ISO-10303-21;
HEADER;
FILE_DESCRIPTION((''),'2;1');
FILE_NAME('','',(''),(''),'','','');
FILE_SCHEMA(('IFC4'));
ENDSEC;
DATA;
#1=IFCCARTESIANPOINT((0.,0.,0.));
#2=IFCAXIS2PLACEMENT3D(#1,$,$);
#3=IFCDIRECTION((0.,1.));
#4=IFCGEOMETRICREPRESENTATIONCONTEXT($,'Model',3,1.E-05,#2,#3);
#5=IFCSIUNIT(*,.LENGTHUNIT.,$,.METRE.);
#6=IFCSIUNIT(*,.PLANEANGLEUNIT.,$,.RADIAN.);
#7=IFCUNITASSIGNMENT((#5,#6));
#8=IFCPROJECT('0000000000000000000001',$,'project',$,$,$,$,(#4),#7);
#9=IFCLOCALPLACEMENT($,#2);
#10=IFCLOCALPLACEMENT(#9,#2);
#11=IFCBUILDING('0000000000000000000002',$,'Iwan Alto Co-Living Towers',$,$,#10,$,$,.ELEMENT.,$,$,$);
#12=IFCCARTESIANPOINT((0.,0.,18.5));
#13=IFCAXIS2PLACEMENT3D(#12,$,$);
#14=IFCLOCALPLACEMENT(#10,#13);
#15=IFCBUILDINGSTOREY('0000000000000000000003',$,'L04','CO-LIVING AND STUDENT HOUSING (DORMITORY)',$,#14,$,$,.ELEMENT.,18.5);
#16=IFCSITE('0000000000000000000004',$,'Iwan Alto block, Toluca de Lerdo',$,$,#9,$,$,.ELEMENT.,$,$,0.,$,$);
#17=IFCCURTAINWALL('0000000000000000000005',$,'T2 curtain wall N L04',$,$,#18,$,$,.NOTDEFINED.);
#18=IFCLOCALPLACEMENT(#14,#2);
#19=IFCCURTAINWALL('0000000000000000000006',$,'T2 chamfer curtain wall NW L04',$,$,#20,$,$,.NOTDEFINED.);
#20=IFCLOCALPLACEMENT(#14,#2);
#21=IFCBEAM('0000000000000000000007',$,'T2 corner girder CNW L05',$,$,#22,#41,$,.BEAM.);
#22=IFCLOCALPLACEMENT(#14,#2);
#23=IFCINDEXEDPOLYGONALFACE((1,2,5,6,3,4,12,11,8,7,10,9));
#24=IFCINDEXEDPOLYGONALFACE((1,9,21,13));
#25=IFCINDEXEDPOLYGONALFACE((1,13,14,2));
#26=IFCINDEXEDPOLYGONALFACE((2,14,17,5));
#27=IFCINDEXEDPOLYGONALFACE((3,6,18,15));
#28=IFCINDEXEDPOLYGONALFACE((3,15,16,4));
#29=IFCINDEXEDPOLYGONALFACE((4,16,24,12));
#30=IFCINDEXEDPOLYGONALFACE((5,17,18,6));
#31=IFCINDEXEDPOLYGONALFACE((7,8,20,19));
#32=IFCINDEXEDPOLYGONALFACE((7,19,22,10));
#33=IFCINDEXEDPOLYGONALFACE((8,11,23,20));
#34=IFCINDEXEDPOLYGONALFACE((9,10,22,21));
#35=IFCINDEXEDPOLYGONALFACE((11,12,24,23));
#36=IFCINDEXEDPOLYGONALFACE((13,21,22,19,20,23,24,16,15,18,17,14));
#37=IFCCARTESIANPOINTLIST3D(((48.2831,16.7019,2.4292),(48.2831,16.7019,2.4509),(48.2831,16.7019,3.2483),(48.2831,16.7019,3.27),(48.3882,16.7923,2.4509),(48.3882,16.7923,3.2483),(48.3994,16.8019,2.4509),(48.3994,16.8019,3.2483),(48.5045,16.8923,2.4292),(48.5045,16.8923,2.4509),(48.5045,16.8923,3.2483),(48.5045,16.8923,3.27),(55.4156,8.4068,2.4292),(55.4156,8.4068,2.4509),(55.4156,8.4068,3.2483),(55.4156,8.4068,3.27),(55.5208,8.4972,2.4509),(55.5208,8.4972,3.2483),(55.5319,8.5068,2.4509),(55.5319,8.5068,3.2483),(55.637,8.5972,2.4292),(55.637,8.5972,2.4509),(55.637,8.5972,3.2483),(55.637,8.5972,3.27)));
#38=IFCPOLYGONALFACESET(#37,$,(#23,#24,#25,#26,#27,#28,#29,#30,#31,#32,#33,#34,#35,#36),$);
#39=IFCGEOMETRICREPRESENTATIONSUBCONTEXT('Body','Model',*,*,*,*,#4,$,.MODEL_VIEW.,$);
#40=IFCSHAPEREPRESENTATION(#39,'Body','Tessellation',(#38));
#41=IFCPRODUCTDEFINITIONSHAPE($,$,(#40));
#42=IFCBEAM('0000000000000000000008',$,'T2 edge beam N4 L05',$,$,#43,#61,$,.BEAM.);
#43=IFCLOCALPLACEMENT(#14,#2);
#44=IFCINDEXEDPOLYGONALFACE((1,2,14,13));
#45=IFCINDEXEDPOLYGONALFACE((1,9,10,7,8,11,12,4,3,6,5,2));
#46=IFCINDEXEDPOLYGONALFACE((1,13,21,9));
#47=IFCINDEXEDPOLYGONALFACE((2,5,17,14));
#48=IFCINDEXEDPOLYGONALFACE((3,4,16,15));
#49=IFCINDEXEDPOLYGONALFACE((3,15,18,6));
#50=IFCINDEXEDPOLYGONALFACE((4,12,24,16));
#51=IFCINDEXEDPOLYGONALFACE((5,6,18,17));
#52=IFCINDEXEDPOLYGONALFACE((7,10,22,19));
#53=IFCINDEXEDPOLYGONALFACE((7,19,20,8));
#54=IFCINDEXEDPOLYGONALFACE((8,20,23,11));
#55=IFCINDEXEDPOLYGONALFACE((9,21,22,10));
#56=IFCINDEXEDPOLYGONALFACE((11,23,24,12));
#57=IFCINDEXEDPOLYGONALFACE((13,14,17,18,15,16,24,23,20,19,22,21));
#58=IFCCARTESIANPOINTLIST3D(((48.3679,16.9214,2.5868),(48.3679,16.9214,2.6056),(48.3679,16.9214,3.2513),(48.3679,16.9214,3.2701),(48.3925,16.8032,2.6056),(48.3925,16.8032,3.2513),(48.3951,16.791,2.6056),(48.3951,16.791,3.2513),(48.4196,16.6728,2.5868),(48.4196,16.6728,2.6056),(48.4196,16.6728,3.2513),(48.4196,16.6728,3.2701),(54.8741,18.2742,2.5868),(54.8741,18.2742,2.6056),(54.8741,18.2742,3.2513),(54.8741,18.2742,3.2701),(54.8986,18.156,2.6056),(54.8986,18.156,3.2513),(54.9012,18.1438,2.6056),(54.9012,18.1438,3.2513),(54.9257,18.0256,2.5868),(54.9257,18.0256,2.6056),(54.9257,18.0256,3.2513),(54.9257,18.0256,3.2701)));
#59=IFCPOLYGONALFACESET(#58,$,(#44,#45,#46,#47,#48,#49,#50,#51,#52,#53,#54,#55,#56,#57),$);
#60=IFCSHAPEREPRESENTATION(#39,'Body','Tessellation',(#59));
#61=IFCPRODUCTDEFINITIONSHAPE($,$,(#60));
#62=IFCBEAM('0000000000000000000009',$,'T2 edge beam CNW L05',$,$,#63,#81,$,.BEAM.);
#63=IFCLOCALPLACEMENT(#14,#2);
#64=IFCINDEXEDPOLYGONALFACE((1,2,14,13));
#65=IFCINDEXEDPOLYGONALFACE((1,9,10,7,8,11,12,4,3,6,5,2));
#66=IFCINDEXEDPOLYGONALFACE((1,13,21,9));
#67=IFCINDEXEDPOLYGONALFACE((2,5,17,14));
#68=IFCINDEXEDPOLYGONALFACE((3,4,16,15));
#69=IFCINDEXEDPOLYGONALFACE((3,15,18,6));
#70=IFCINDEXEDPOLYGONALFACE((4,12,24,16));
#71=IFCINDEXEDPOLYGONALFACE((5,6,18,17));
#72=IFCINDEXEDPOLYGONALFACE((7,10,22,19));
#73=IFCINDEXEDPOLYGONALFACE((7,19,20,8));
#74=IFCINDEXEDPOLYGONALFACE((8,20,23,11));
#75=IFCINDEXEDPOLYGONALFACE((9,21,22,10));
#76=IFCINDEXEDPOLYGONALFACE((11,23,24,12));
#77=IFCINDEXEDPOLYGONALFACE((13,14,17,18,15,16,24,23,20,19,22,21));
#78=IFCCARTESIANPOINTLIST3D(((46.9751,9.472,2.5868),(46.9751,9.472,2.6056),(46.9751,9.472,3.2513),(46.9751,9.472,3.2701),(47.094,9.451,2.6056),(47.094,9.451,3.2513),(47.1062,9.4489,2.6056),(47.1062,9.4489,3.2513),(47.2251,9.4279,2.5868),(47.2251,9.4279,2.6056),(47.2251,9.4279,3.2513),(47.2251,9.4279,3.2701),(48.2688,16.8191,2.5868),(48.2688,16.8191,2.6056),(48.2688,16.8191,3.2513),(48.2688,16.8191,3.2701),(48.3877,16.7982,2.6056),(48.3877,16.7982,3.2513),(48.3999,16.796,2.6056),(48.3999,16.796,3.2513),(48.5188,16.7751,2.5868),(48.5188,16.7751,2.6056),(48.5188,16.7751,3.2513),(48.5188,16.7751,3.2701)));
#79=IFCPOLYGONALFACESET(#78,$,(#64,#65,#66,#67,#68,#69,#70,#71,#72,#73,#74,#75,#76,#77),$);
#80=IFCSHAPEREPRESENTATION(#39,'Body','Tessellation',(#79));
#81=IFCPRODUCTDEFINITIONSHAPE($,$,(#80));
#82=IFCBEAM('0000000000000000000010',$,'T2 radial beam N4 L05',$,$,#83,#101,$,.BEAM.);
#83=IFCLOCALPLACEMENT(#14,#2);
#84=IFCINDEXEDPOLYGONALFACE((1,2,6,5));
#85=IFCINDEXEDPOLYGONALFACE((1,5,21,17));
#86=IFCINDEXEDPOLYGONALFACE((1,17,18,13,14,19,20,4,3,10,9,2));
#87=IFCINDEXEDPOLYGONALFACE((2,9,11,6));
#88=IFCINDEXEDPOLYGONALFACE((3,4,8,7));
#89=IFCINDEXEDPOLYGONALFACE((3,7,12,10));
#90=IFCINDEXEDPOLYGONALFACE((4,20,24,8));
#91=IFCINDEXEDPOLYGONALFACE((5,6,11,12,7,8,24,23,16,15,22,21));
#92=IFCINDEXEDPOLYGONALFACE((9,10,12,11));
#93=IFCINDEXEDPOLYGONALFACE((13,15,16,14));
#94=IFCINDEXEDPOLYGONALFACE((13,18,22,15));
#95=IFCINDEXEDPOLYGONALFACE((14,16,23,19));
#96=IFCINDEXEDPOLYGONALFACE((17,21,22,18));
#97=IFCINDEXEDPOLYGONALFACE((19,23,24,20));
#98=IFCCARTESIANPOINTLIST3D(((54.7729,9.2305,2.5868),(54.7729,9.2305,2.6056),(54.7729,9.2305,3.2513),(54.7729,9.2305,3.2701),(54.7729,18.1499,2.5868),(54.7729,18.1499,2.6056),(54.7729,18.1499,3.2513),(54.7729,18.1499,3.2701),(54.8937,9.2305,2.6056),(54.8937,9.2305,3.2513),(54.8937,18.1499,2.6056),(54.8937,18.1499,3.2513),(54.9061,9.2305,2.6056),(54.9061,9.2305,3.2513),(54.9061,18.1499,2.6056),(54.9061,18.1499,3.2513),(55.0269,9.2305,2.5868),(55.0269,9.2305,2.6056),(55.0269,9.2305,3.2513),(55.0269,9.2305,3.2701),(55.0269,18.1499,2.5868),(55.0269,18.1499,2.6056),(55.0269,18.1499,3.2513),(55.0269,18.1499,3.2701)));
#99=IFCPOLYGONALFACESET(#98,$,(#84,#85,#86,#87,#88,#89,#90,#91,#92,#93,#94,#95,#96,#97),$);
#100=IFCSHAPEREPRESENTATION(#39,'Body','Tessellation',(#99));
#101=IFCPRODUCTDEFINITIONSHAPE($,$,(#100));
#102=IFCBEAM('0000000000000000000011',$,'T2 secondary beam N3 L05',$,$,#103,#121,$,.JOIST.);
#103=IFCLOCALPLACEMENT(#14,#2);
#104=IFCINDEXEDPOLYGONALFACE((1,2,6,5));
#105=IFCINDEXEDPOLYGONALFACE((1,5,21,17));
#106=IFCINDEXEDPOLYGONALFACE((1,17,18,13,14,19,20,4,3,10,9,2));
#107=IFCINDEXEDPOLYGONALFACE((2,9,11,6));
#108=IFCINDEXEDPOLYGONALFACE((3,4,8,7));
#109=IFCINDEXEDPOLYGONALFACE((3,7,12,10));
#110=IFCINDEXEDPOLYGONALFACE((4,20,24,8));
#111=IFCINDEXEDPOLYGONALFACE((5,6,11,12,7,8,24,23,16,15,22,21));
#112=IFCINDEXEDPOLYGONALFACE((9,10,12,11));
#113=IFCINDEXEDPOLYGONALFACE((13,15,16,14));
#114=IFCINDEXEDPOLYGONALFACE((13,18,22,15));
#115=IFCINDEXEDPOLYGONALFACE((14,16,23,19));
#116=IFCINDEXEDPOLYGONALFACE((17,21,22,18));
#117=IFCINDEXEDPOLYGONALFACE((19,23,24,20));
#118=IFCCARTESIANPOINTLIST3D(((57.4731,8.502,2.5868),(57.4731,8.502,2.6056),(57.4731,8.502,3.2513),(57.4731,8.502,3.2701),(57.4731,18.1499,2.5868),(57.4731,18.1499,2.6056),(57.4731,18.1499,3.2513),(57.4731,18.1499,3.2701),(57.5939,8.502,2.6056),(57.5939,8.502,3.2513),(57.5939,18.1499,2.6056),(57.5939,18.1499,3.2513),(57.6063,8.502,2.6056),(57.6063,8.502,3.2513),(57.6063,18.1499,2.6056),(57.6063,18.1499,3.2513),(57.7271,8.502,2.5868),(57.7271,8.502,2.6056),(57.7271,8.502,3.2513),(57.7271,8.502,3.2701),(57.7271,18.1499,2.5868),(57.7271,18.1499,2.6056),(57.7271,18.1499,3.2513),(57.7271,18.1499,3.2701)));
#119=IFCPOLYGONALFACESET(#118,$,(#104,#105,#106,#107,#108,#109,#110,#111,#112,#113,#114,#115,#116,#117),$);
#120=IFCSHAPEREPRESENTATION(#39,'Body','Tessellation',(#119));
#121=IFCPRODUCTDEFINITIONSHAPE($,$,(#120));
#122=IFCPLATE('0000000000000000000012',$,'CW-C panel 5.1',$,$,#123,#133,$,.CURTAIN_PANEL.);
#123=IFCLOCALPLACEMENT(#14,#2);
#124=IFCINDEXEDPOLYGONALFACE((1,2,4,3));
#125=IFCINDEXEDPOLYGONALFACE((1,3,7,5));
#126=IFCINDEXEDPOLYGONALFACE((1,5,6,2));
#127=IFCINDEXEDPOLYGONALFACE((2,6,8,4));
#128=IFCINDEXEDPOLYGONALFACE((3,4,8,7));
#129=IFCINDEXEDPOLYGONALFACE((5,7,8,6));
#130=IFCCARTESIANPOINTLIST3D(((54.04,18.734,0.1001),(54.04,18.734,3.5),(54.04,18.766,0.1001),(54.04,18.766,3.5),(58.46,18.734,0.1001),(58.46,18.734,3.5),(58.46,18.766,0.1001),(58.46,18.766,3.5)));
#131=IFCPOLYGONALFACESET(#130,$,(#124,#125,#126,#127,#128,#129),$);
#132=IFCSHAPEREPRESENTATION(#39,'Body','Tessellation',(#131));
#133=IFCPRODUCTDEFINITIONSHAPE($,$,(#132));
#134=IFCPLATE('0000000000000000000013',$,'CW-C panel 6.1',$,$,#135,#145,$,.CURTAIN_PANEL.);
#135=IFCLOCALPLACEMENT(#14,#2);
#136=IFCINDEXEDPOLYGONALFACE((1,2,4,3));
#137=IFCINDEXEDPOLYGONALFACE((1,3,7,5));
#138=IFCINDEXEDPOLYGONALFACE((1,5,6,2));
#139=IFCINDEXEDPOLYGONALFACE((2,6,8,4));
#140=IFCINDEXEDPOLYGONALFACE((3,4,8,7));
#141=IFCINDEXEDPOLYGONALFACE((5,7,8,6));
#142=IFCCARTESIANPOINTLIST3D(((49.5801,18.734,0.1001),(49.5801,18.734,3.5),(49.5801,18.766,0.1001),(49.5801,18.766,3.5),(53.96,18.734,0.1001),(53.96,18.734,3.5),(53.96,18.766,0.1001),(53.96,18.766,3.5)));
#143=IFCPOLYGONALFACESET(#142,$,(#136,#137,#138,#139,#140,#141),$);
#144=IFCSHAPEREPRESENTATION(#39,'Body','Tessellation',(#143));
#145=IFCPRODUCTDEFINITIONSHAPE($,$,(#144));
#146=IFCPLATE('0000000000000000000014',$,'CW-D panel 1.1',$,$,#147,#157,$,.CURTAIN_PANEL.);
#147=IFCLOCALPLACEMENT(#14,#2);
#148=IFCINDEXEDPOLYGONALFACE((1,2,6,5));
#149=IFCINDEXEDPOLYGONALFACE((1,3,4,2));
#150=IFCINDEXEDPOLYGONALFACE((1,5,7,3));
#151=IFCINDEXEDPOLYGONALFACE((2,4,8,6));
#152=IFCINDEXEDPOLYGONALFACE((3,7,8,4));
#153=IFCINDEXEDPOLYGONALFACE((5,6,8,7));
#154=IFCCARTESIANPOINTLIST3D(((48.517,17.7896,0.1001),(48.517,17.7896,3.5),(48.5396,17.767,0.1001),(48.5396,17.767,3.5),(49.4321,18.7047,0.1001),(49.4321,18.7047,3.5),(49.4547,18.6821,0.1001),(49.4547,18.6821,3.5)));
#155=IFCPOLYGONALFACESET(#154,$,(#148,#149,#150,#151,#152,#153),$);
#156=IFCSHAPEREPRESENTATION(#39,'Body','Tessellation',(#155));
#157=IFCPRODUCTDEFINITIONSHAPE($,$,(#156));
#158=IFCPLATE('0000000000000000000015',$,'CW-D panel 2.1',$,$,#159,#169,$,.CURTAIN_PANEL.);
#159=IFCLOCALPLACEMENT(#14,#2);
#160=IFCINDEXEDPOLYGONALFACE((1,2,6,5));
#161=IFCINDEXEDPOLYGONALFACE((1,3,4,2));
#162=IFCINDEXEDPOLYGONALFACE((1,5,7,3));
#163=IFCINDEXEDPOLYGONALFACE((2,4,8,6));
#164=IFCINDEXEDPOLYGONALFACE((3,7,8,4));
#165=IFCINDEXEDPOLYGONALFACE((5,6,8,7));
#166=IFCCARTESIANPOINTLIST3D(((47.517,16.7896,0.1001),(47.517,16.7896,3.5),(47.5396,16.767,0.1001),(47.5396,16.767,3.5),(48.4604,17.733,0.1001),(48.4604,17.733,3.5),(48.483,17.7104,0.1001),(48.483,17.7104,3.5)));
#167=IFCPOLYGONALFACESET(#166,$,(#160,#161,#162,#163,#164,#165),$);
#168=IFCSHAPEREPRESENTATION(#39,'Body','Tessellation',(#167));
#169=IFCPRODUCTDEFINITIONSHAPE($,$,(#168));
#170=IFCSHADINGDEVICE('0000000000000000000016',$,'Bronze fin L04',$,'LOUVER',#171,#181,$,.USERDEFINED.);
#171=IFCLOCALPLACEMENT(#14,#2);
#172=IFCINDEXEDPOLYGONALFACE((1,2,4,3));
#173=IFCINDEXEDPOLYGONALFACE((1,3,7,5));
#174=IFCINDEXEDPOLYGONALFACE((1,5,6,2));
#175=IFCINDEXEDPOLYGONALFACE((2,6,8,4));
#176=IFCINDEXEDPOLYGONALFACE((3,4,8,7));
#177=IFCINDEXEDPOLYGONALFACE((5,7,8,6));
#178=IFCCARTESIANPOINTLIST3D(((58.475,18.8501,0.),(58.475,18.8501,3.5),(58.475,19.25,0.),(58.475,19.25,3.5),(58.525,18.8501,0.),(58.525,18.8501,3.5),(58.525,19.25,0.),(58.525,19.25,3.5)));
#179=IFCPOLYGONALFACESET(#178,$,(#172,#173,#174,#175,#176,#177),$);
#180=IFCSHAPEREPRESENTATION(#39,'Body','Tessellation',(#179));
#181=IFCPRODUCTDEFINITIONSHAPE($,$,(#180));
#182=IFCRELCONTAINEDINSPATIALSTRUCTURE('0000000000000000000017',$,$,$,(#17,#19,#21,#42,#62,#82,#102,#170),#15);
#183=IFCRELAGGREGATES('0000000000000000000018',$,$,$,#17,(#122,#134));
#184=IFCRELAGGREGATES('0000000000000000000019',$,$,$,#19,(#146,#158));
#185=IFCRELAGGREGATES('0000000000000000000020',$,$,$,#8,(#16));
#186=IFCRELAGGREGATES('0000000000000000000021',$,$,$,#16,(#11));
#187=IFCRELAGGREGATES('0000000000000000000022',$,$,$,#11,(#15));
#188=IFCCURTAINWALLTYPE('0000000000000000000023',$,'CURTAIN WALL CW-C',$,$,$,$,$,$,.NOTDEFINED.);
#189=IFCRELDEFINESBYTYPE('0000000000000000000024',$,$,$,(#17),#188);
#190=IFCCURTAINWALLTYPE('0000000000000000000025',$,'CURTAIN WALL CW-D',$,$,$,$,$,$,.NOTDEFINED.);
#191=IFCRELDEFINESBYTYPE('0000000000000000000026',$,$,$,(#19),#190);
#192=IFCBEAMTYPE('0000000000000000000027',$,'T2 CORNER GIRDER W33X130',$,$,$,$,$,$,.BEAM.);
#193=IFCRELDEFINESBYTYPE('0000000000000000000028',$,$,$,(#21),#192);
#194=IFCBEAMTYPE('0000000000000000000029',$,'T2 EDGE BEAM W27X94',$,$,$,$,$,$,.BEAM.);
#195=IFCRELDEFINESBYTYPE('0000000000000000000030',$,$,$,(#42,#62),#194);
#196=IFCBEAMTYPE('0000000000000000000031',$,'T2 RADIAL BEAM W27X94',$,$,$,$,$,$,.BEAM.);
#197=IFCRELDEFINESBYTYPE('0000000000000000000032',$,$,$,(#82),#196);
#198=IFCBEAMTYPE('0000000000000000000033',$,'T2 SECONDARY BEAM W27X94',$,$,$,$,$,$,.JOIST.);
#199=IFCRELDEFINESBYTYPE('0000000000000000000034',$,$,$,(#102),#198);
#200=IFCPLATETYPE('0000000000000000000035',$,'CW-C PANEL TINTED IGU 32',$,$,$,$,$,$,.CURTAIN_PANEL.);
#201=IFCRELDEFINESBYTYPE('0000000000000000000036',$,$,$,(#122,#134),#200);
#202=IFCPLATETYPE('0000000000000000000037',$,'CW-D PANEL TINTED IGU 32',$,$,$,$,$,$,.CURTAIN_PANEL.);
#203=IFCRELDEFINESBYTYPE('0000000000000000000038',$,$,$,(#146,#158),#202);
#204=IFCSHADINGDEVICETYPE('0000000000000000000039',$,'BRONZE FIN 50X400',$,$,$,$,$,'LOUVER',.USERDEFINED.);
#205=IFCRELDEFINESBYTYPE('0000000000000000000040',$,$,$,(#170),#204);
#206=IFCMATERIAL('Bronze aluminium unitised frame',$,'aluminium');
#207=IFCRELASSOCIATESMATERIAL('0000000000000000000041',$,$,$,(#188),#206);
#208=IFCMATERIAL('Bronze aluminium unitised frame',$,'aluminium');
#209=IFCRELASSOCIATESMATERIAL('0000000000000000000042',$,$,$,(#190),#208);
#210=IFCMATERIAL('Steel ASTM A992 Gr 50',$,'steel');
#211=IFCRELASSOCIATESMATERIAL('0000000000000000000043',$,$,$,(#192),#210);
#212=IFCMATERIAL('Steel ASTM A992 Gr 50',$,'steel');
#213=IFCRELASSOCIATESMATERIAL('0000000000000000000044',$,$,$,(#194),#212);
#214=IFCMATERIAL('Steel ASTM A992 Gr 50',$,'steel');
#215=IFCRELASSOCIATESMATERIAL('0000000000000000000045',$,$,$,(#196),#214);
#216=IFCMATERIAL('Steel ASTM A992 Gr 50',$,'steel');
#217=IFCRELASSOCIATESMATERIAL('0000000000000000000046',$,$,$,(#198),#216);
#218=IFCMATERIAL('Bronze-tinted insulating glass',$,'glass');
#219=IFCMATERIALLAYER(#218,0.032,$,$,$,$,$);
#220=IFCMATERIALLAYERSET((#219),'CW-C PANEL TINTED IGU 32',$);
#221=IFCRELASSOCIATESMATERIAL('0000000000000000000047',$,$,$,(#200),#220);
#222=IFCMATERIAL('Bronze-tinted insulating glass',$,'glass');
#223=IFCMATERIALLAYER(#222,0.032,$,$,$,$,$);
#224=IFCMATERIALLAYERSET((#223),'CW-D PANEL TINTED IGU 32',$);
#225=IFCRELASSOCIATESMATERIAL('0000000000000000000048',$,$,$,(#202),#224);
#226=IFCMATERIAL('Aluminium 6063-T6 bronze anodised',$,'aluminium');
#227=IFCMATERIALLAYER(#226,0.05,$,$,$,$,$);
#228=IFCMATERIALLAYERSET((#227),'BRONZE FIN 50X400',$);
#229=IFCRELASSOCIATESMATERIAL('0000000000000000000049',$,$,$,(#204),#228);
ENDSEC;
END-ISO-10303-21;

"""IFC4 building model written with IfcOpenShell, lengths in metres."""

from ifc_helpers import new_model, si_unit, direction, frame, origin, origin_2d, place, context, subcontext, project, spatial, rectangle, i_section, extrude, material, layer, layer_set, material_profile, profile_set, type_object, element, aggregate, save


model = new_model("IFC4")

# Units and contexts
model_context = context("Model", 3, precision=1e-05, world=origin(), true_north=direction((0.0, 1.0)))
body_context = subcontext(model_context, "Body", "Model", "MODEL_VIEW")
ifc_project = project(units=[si_unit("LENGTHUNIT", "METRE"), si_unit("PLANEANGLEUNIT", "RADIAN")], contexts=[model_context])

# Site, building, storey
site_placement = place(None, origin())
site = spatial("IfcSite", under=ifc_project, at=site_placement, Name="Iwan Alto block, Toluca de Lerdo", CompositionType="ELEMENT", RefElevation=0.0)
building_placement = place(site_placement, origin())
building = spatial("IfcBuilding", under=site, at=building_placement, Name="Iwan Alto Co-Living Towers", CompositionType="ELEMENT")
storey_placement = place(building_placement, frame((0.0, 0.0, 18.5)))
storey = spatial("IfcBuildingStorey", under=building, at=storey_placement, Name="L04", Description="CO-LIVING AND STUDENT HOUSING (DORMITORY)", CompositionType="ELEMENT", Elevation=18.5)

# Curtain walls
ifc_material_1 = material(Name="Bronze aluminium unitised frame", Category="aluminium")
curtain_wall_type_1 = type_object("IfcCurtainWallType", Name="CURTAIN WALL CW-C", PredefinedType="NOTDEFINED", material=ifc_material_1)
curtain_wall_1_placement = place(storey_placement, origin())
curtain_wall_1 = element("IfcCurtainWall", 1, at=curtain_wall_1_placement, inside=storey, type_object=curtain_wall_type_1, Name="T2 curtain wall N L04", PredefinedType="NOTDEFINED")
ifc_material_2 = material(Name="Bronze aluminium unitised frame", Category="aluminium")
curtain_wall_type_2 = type_object("IfcCurtainWallType", Name="CURTAIN WALL CW-D", PredefinedType="NOTDEFINED", material=ifc_material_2)
curtain_wall_2_placement = place(storey_placement, origin())
curtain_wall_2 = element("IfcCurtainWall", 2, at=curtain_wall_2_placement, inside=storey, type_object=curtain_wall_type_2, Name="T2 chamfer curtain wall NW L04", PredefinedType="NOTDEFINED")

# Beams
ifc_material_3 = material(Name="Steel ASTM A992 Gr 50", Category="steel")
ifc_material_profile_1 = material_profile(ifc_material_3, i_section(OverallWidth=0.292, OverallDepth=0.8408, WebThickness=0.0146, FlangeThickness=0.0217, at=origin_2d()), Name="W33X130")
ifc_profile_set_1 = profile_set([ifc_material_profile_1], Name="Steel ASTM A992 Gr 50")
beam_type_1 = type_object("IfcBeamType", Name="T2 CORNER GIRDER W33X130", PredefinedType="BEAM", material=ifc_profile_set_1)
beam_1_placement = place(storey_placement, frame((48.3938, 16.7971, 2.8496), z_axis=(0.651972, -0.758243, 0.0), x_axis=(0.758243, 0.651972, 0.0)))
element("IfcBeam", 3, at=beam_1_placement, inside=storey, type_object=beam_type_1, Name="T2 corner girder CNW L05", PredefinedType="BEAM", context=body_context, shape_type="SweptSolid", body=[
    extrude(i_section(OverallWidth=0.292, OverallDepth=0.8408, WebThickness=0.0146, FlangeThickness=0.0217, at=origin_2d()), origin(), (0.0, 0.0, 1.0), 10.9399),
])
ifc_material_4 = material(Name="Steel ASTM A992 Gr 50", Category="steel")
ifc_material_profile_2 = material_profile(ifc_material_4, i_section(OverallWidth=0.2539, OverallDepth=0.6833, WebThickness=0.0125, FlangeThickness=0.0188, at=origin_2d()), Name="W27X94")
ifc_profile_set_2 = profile_set([ifc_material_profile_2], Name="Steel ASTM A992 Gr 50")
beam_type_2 = type_object("IfcBeamType", Name="T2 EDGE BEAM W27X94", PredefinedType="BEAM", material=ifc_profile_set_2)
beam_2_placement = place(storey_placement, frame((54.8999, 18.1499, 2.9285), z_axis=(-0.97906, -0.203571, 0.0), x_axis=(0.203571, -0.97906, 0.0)))
element("IfcBeam", 4, at=beam_2_placement, inside=storey, type_object=beam_type_2, Name="T2 edge beam N4 L05", PredefinedType="BEAM", context=body_context, shape_type="SweptSolid", body=[
    extrude(i_section(OverallWidth=0.2539, OverallDepth=0.6833, WebThickness=0.0125, FlangeThickness=0.0188, at=origin_2d()), origin(), (0.0, 0.0, 1.0), 6.6453),
])
beam_3_placement = place(storey_placement, frame((48.3938, 16.7971, 2.9285), z_axis=(-0.173414, -0.984849, 0.0), x_axis=(0.984849, -0.173414, 0.0)))
element("IfcBeam", 5, at=beam_3_placement, inside=storey, type_object=beam_type_2, Name="T2 edge beam CNW L05", PredefinedType="BEAM", context=body_context, shape_type="SweptSolid", body=[
    extrude(i_section(OverallWidth=0.2539, OverallDepth=0.6833, WebThickness=0.0125, FlangeThickness=0.0188, at=origin_2d()), origin(), (0.0, 0.0, 1.0), 7.4602),
])
ifc_material_5 = material(Name="Steel ASTM A992 Gr 50", Category="steel")
ifc_material_profile_3 = material_profile(ifc_material_5, i_section(OverallWidth=0.2539, OverallDepth=0.6833, WebThickness=0.0125, FlangeThickness=0.0188, at=origin_2d()), Name="W27X94")
ifc_profile_set_3 = profile_set([ifc_material_profile_3], Name="Steel ASTM A992 Gr 50")
beam_type_3 = type_object("IfcBeamType", Name="T2 RADIAL BEAM W27X94", PredefinedType="BEAM", material=ifc_profile_set_3)
beam_4_placement = place(storey_placement, frame((54.8999, 18.1499, 2.9285), z_axis=(0.0, -1.0, 0.0), x_axis=(1.0, 0.0, 0.0)))
element("IfcBeam", 6, at=beam_4_placement, inside=storey, type_object=beam_type_3, Name="T2 radial beam N4 L05", PredefinedType="BEAM", context=body_context, shape_type="SweptSolid", body=[
    extrude(i_section(OverallWidth=0.2539, OverallDepth=0.6833, WebThickness=0.0125, FlangeThickness=0.0188, at=origin_2d()), origin(), (0.0, 0.0, 1.0), 8.9194),
])
ifc_material_6 = material(Name="Steel ASTM A992 Gr 50", Category="steel")
ifc_material_profile_4 = material_profile(ifc_material_6, i_section(OverallWidth=0.2539, OverallDepth=0.6833, WebThickness=0.0125, FlangeThickness=0.0188, at=origin_2d()), Name="W27X94")
ifc_profile_set_4 = profile_set([ifc_material_profile_4], Name="Steel ASTM A992 Gr 50")
beam_type_4 = type_object("IfcBeamType", Name="T2 SECONDARY BEAM W27X94", PredefinedType="JOIST", material=ifc_profile_set_4)
beam_5_placement = place(storey_placement, frame((57.6001, 18.1499, 2.9285), z_axis=(0.0, -1.0, 0.0), x_axis=(1.0, 0.0, 0.0)))
element("IfcBeam", 7, at=beam_5_placement, inside=storey, type_object=beam_type_4, Name="T2 secondary beam N3 L05", PredefinedType="JOIST", context=body_context, shape_type="SweptSolid", body=[
    extrude(i_section(OverallWidth=0.2539, OverallDepth=0.6833, WebThickness=0.0125, FlangeThickness=0.0188, at=origin_2d()), origin(), (0.0, 0.0, 1.0), 9.6479),
])

# Plates
ifc_material_7 = material(Name="Bronze-tinted insulating glass", Category="glass")
ifc_layer_1 = layer(ifc_material_7, 0.032)
ifc_layer_set_1 = layer_set([ifc_layer_1], Name="CW-C PANEL TINTED IGU 32")
plate_type_1 = type_object("IfcPlateType", Name="CW-C PANEL TINTED IGU 32", PredefinedType="CURTAIN_PANEL", material=ifc_layer_set_1)
plate_1_placement = place(storey_placement, frame((56.25, 18.75, 0.1001), z_axis=(0.0, 0.0, 1.0), x_axis=(-1.0, 0.0, 0.0)))
plate_1 = element("IfcPlate", 8, at=plate_1_placement, type_object=plate_type_1, Name="CW-C panel 5.1", PredefinedType="CURTAIN_PANEL", context=body_context, shape_type="SweptSolid", body=[
    extrude(rectangle(XDim=4.4199, YDim=0.032, at=origin_2d()), origin(), (0.0, 0.0, 1.0), 3.3999),
])
plate_2_placement = place(storey_placement, frame((51.77, 18.75, 0.1001), z_axis=(0.0, 0.0, 1.0), x_axis=(-1.0, 0.0, 0.0)))
plate_2 = element("IfcPlate", 9, at=plate_2_placement, type_object=plate_type_1, Name="CW-C panel 6.1", PredefinedType="CURTAIN_PANEL", context=body_context, shape_type="SweptSolid", body=[
    extrude(rectangle(XDim=4.3799, YDim=0.032, at=origin_2d()), origin(), (0.0, 0.0, 1.0), 3.3999),
])
aggregate(curtain_wall_1, [plate_1, plate_2])
ifc_material_8 = material(Name="Bronze-tinted insulating glass", Category="glass")
ifc_layer_2 = layer(ifc_material_8, 0.032)
ifc_layer_set_2 = layer_set([ifc_layer_2], Name="CW-D PANEL TINTED IGU 32")
plate_type_2 = type_object("IfcPlateType", Name="CW-D PANEL TINTED IGU 32", PredefinedType="CURTAIN_PANEL", material=ifc_layer_set_2)
plate_3_placement = place(storey_placement, frame((48.9858, 18.2358, 0.1001), z_axis=(0.0, 0.0, 1.0), x_axis=(-0.707107, -0.707107, 0.0)))
plate_3 = element("IfcPlate", 10, at=plate_3_placement, type_object=plate_type_2, Name="CW-D panel 1.1", PredefinedType="CURTAIN_PANEL", context=body_context, shape_type="SweptSolid", body=[
    extrude(rectangle(XDim=1.2942, YDim=0.032, at=origin_2d()), origin(), (0.0, 0.0, 1.0), 3.3999),
])
plate_4_placement = place(storey_placement, frame((48.0, 17.25, 0.1001), z_axis=(0.0, 0.0, 1.0), x_axis=(-0.707107, -0.707107, 0.0)))
plate_4 = element("IfcPlate", 11, at=plate_4_placement, type_object=plate_type_2, Name="CW-D panel 2.1", PredefinedType="CURTAIN_PANEL", context=body_context, shape_type="SweptSolid", body=[
    extrude(rectangle(XDim=1.3342, YDim=0.032, at=origin_2d()), origin(), (0.0, 0.0, 1.0), 3.3999),
])
aggregate(curtain_wall_2, [plate_3, plate_4])

# Shading device
ifc_material_9 = material(Name="Aluminium 6063-T6 bronze anodised", Category="aluminium")
ifc_layer_3 = layer(ifc_material_9, 0.05)
ifc_layer_set_3 = layer_set([ifc_layer_3], Name="BRONZE FIN 50X400")
shading_device_type = type_object("IfcShadingDeviceType", Name="BRONZE FIN 50X400", ElementType="LOUVER", PredefinedType="USERDEFINED", material=ifc_layer_set_3)
shading_device_placement = place(storey_placement, frame((58.5, 19.05, 0.0), z_axis=(0.0, 0.0, 1.0), x_axis=(-1.0, 0.0, 0.0)))
element("IfcShadingDevice", 12, at=shading_device_placement, inside=storey, type_object=shading_device_type, Name="Bronze fin L04", ObjectType="LOUVER", PredefinedType="USERDEFINED", context=body_context, shape_type="SweptSolid", body=[
    extrude(rectangle(XDim=0.05, YDim=0.3999, at=origin_2d()), origin(), (0.0, 0.0, 1.0), 3.5),
])

save(model, "model.ifc")
